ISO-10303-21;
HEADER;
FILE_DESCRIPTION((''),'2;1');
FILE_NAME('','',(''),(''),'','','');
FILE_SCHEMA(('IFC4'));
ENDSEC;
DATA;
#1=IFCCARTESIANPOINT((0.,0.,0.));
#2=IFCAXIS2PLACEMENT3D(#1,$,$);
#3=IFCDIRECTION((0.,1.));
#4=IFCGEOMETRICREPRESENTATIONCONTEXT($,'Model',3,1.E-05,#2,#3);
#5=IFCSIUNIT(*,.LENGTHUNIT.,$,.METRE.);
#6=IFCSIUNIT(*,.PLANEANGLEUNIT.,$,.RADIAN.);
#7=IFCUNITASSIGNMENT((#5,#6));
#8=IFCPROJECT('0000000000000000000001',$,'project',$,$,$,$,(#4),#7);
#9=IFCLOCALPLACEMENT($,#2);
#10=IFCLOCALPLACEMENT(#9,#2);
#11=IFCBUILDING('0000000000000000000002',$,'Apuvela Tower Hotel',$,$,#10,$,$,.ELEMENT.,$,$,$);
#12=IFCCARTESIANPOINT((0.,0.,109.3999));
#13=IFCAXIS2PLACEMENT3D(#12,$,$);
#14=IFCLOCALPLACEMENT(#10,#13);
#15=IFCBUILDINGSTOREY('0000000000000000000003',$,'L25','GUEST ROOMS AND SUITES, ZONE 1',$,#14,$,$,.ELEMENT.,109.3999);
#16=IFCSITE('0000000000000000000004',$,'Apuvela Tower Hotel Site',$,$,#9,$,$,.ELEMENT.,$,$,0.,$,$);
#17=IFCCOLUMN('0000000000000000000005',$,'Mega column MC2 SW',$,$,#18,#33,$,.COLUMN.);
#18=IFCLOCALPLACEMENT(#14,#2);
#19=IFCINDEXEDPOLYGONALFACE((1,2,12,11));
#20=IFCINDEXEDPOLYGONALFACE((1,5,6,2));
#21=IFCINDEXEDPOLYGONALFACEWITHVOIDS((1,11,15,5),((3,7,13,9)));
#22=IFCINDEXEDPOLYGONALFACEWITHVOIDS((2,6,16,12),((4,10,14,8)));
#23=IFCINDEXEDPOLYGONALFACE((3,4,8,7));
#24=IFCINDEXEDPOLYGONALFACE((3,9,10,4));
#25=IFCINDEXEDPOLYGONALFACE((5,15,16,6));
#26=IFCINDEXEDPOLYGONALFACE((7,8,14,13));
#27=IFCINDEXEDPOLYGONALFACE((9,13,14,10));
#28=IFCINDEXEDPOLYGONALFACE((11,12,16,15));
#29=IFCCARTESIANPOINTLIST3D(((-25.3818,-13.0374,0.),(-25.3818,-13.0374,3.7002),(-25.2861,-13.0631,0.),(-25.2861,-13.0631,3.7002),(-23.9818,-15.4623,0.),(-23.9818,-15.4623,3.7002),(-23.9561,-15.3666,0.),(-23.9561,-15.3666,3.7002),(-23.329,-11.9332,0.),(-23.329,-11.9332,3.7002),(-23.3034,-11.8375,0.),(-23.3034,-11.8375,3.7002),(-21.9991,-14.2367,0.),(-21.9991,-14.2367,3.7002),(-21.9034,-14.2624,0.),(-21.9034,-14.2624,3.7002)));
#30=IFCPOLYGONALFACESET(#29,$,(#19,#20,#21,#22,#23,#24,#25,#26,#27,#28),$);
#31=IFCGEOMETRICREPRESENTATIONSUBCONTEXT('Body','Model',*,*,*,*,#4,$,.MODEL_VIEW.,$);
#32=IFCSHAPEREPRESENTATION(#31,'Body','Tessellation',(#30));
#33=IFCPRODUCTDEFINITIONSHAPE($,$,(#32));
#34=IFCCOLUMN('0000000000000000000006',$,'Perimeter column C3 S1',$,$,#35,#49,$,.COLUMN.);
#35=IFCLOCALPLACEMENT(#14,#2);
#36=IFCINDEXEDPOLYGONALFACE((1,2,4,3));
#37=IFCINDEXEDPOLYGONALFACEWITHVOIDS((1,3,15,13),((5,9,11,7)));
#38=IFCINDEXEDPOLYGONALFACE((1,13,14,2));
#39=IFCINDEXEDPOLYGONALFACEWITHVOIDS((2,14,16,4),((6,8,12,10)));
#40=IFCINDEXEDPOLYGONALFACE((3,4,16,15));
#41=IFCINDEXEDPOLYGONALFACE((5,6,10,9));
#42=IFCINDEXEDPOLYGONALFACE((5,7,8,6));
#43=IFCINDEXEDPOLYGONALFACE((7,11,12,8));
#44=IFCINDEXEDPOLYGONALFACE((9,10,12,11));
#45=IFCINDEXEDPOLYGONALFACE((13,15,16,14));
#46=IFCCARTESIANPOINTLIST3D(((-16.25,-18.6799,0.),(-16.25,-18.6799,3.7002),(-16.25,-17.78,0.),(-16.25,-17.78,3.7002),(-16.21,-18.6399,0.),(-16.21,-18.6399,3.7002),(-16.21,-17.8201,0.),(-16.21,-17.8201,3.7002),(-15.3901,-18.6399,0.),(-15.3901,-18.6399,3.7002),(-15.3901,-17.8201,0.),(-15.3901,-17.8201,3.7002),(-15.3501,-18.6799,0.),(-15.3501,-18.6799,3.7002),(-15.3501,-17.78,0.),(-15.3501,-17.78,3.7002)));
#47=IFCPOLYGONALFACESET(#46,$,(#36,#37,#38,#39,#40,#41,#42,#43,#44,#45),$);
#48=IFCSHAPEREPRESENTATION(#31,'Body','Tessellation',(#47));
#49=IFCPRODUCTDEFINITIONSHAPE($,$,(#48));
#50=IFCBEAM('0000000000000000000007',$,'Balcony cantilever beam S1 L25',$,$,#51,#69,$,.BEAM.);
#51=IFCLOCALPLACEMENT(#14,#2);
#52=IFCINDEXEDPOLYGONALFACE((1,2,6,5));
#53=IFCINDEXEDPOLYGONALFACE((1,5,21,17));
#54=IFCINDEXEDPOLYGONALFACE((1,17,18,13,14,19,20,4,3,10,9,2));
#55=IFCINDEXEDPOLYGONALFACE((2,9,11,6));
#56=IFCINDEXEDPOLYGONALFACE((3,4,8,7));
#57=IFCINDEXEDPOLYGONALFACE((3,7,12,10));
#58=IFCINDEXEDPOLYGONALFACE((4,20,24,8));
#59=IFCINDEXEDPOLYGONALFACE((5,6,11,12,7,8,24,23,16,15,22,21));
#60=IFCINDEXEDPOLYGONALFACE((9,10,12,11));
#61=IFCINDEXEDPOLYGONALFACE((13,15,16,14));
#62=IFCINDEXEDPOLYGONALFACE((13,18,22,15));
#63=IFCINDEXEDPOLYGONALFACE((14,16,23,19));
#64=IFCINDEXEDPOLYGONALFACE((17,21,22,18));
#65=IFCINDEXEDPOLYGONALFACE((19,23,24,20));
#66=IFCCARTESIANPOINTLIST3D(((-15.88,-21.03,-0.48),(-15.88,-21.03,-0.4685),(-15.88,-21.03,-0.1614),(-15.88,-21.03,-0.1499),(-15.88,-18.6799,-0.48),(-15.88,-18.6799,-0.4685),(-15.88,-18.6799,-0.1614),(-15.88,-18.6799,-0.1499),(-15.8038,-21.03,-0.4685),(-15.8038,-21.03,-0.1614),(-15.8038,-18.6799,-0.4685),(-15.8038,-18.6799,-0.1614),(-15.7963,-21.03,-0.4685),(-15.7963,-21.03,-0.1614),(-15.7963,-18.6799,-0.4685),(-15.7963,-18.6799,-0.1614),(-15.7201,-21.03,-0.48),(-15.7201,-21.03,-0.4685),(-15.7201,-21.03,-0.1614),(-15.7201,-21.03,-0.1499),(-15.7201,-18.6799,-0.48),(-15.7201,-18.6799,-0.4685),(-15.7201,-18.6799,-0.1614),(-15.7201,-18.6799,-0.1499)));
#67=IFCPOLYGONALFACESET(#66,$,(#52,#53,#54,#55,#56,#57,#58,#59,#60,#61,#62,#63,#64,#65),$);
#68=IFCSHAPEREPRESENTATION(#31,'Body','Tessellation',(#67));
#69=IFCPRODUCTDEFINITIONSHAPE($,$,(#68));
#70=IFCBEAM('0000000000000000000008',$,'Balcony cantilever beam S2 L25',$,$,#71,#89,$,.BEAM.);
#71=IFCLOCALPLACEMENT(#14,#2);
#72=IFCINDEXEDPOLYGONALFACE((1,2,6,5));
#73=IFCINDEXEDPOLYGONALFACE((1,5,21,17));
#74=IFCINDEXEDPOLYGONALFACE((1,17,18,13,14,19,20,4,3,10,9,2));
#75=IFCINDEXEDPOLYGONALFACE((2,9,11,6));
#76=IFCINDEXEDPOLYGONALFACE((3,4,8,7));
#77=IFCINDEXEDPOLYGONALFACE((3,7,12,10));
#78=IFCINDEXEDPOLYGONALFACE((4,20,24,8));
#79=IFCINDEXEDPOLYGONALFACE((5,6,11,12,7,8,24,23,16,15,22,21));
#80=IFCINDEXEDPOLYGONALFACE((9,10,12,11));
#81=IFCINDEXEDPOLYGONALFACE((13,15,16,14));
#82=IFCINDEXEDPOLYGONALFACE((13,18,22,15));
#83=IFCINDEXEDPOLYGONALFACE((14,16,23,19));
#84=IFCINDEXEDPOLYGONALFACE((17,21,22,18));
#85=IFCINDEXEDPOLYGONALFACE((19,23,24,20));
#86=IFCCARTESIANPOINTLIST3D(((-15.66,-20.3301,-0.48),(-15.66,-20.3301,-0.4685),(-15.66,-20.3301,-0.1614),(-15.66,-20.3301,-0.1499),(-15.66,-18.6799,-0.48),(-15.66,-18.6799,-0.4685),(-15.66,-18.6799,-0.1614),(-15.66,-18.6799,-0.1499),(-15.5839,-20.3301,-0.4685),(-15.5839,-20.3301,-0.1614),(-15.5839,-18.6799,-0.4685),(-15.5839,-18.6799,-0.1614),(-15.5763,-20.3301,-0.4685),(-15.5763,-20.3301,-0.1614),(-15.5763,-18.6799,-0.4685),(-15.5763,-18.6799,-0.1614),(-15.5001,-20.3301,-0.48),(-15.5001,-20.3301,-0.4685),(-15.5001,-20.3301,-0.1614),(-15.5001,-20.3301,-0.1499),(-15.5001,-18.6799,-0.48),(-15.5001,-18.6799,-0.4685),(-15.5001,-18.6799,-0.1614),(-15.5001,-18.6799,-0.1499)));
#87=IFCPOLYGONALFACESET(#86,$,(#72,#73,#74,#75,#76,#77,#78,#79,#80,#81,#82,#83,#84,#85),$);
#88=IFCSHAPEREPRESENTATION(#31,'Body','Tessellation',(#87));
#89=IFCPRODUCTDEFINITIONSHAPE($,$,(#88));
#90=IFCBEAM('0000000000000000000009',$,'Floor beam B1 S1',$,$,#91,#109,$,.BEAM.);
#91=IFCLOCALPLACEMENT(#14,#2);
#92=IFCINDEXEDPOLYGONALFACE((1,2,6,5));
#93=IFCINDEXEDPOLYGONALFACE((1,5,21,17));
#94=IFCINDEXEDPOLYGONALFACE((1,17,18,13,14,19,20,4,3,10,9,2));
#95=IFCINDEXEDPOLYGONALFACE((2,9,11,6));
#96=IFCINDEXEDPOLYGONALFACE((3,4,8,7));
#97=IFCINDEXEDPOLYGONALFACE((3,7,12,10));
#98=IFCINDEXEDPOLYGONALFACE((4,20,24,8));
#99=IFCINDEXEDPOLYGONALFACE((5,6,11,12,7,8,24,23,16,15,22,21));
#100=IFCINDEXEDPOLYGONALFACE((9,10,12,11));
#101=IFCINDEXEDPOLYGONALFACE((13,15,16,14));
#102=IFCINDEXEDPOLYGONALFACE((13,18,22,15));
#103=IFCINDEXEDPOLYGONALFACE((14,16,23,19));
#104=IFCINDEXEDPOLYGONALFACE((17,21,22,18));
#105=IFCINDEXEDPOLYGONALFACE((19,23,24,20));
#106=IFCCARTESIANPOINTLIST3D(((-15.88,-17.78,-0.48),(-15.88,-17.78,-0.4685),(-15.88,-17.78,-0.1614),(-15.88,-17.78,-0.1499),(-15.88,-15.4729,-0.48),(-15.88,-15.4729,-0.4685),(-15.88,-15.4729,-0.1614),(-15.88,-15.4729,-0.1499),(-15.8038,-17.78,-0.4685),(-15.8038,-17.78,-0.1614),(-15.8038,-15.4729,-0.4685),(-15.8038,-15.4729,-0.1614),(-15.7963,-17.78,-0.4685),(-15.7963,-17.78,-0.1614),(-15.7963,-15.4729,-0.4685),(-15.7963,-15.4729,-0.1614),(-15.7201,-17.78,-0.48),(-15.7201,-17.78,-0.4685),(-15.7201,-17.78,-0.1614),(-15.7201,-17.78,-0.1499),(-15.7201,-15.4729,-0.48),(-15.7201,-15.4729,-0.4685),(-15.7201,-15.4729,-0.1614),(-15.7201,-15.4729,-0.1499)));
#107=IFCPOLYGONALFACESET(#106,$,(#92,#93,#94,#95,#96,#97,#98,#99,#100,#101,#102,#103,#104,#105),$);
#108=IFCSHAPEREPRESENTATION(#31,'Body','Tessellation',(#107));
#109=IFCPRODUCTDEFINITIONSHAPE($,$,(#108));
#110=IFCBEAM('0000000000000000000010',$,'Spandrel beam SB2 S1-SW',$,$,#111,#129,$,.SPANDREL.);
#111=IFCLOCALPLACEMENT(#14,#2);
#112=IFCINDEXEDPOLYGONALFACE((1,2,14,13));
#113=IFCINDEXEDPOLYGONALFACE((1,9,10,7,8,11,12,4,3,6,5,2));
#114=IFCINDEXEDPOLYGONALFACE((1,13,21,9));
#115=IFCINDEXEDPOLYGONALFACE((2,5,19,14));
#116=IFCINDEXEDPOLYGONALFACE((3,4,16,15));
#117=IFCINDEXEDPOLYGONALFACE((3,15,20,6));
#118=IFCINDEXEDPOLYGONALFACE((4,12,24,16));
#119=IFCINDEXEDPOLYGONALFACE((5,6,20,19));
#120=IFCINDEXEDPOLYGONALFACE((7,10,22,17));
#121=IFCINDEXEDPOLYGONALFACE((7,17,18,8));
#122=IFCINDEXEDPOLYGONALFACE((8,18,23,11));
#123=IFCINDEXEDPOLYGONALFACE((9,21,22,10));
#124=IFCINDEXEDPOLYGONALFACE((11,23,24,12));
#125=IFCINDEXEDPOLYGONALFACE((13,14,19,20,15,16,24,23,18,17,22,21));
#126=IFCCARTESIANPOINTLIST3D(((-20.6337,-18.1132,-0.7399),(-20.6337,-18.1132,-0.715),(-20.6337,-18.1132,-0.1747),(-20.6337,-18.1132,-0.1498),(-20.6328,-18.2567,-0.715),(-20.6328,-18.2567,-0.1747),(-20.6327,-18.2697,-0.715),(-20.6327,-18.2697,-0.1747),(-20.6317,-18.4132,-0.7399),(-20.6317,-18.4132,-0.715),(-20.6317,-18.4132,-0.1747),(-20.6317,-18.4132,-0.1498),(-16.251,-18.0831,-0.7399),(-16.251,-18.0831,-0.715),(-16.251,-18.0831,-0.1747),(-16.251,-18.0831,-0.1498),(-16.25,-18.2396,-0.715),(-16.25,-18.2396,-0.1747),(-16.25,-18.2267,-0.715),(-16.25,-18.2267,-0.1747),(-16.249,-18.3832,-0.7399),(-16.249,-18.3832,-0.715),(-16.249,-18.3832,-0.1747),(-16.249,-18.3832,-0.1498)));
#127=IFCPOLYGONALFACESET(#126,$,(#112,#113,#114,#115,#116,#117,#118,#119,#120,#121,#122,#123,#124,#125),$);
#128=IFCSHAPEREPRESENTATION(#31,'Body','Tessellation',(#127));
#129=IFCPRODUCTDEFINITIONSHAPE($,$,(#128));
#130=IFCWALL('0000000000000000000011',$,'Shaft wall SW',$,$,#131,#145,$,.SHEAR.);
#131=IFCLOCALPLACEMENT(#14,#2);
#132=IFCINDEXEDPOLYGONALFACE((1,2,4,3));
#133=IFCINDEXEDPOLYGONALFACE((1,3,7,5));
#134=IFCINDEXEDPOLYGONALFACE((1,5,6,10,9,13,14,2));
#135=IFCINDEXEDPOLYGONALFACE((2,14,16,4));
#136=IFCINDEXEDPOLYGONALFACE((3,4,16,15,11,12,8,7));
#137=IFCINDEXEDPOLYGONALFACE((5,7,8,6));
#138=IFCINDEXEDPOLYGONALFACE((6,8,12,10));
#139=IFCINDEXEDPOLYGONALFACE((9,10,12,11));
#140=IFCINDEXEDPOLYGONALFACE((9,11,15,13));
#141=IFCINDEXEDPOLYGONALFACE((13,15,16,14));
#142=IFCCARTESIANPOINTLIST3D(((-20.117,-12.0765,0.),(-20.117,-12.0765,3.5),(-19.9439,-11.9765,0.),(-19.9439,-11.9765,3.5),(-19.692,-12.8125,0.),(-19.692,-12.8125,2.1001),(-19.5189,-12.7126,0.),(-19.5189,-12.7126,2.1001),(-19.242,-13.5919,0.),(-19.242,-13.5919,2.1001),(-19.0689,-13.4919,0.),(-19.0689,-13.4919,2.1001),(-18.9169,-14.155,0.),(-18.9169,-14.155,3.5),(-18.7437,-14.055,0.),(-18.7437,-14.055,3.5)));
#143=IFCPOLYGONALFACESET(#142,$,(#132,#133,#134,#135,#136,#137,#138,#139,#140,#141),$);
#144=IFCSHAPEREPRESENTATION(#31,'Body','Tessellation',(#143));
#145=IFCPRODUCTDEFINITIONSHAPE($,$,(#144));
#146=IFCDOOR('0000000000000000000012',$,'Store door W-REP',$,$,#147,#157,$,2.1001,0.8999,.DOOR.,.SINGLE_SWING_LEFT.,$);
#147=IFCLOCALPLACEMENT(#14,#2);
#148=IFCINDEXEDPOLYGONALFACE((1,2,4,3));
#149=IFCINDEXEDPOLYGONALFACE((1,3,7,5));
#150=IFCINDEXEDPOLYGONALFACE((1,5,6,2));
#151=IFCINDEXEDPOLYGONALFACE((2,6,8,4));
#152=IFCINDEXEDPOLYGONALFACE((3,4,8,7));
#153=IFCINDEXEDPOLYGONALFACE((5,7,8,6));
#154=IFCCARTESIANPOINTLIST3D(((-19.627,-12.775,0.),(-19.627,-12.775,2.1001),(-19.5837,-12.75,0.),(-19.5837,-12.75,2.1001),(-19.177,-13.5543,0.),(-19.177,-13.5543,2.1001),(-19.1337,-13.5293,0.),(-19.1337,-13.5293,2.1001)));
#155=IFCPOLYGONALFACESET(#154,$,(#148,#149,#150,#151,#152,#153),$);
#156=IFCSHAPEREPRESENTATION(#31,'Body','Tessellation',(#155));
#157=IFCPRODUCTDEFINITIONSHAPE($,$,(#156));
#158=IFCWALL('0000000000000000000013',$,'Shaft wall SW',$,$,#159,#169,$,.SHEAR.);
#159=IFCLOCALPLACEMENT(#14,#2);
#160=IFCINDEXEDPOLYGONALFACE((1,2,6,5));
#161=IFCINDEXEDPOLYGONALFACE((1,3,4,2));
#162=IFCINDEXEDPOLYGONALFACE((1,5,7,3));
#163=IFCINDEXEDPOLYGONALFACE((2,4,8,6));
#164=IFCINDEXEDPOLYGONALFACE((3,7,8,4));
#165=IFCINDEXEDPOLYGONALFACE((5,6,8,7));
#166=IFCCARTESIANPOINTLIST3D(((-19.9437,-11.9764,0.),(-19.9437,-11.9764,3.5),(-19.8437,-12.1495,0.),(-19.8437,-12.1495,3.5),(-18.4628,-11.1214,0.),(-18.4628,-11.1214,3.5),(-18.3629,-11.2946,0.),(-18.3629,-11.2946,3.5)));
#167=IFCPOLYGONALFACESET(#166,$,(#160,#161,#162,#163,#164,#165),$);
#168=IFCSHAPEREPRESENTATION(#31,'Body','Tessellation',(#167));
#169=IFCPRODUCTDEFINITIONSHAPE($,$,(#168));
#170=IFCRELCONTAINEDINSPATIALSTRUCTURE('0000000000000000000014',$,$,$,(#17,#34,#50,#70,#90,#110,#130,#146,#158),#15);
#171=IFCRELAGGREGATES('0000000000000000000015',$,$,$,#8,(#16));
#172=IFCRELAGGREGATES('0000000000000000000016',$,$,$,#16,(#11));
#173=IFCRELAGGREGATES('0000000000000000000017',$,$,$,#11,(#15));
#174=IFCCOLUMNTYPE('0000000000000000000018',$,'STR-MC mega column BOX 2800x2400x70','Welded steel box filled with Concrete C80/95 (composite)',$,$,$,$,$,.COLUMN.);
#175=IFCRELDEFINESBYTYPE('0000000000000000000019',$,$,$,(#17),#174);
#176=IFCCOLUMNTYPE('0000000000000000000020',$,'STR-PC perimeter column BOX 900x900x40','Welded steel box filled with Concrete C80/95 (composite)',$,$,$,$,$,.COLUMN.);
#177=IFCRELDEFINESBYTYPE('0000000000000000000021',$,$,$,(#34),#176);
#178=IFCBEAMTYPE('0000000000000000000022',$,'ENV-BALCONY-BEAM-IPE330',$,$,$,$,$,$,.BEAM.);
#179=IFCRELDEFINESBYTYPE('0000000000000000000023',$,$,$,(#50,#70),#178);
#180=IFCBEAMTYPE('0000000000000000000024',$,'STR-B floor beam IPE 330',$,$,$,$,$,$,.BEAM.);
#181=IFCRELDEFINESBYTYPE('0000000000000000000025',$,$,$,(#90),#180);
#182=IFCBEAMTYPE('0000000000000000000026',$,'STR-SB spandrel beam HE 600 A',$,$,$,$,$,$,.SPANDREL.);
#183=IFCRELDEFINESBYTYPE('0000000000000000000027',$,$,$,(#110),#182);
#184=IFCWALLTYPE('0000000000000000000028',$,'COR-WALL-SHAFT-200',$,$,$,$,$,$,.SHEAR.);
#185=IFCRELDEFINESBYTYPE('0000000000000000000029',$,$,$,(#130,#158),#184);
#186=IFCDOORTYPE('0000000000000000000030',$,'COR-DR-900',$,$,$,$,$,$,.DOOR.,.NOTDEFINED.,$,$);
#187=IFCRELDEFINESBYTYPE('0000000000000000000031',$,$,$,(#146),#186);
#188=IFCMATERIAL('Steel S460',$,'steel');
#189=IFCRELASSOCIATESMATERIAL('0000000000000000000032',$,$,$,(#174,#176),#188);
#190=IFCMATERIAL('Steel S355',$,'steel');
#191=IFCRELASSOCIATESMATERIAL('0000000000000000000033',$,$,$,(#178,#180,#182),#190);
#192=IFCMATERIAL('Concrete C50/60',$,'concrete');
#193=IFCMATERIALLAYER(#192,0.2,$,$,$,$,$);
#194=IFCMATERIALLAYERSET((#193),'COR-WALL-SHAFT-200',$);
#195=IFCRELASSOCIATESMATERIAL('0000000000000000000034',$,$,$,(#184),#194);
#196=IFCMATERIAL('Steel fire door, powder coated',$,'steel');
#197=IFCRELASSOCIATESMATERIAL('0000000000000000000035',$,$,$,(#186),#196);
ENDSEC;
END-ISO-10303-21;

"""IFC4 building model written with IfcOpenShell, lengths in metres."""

from ifc_helpers import new_model, si_unit, direction, frame, frame_2d, origin, origin_2d, place, context, subcontext, project, spatial, rectangle, hollow_rectangle, i_section, extrude, material, layer, layer_set, material_profile, profile_set, type_object, element, fill, save


model = new_model("IFC4")

# Units and contexts
model_context = context("Model", 3, precision=1e-05, world=origin(), true_north=direction((0.0, 1.0)))
body_context = subcontext(model_context, "Body", "Model", "MODEL_VIEW")
ifc_project = project(units=[si_unit("LENGTHUNIT", "METRE"), si_unit("PLANEANGLEUNIT", "RADIAN")], contexts=[model_context])

# Site, building, storey
site_placement = place(None, origin())
site = spatial("IfcSite", under=ifc_project, at=site_placement, Name="Apuvela Tower Hotel Site", CompositionType="ELEMENT", RefElevation=0.0)
building_placement = place(site_placement, origin())
building = spatial("IfcBuilding", under=site, at=building_placement, Name="Apuvela Tower Hotel", CompositionType="ELEMENT")
storey_placement = place(building_placement, frame((0.0, 0.0, 109.3999)))
storey = spatial("IfcBuildingStorey", under=building, at=storey_placement, Name="L25", Description="GUEST ROOMS AND SUITES, ZONE 1", CompositionType="ELEMENT", Elevation=109.3999)

# Columns
ifc_material_1 = material(Name="Steel S460", Category="steel")
ifc_material_profile_1 = material_profile(ifc_material_1, hollow_rectangle(XDim=2.8, YDim=2.3999, WallThickness=0.0701, at=origin_2d()), Name="BOX 2800x2400x70")
ifc_material_2 = material(Name="Concrete C80/95", Category="concrete")
ifc_material_profile_2 = material_profile(ifc_material_2, rectangle(XDim=2.6599, YDim=2.26, at=origin_2d()), Name="Concrete C80/95 infill")
ifc_profile_set_1 = profile_set([ifc_material_profile_1, ifc_material_profile_2], Name="Steel S460")
column_type_1 = type_object("IfcColumnType", Name="STR-MC mega column BOX 2800x2400x70", Description="Welded steel box filled with Concrete C80/95 (composite)", PredefinedType="COLUMN", material=ifc_profile_set_1)
column_1_placement = place(storey_placement, frame((-23.6426, -13.6499, 0.0), z_axis=(0.0, 0.0, 1.0), x_axis=(-0.5, 0.866025, 0.0)))
element("IfcColumn", 1, at=column_1_placement, inside=storey, type_object=column_type_1, Name="Mega column MC2 SW", PredefinedType="COLUMN", context=body_context, shape_type="SweptSolid", body=[
    extrude(hollow_rectangle(XDim=2.8, YDim=2.3999, WallThickness=0.0701, at=origin_2d()), origin(), (0.0, 0.0, 1.0), 3.7002),
])
ifc_material_profile_3 = material_profile(ifc_material_1, hollow_rectangle(XDim=0.8999, YDim=0.8999, WallThickness=0.04, at=origin_2d()), Name="BOX 900x900x40")
ifc_material_profile_4 = material_profile(ifc_material_2, rectangle(XDim=0.8201, YDim=0.8201, at=origin_2d()), Name="Concrete C80/95 infill")
ifc_profile_set_2 = profile_set([ifc_material_profile_3, ifc_material_profile_4], Name="Steel S460")
column_type_2 = type_object("IfcColumnType", Name="STR-PC perimeter column BOX 900x900x40", Description="Welded steel box filled with Concrete C80/95 (composite)", PredefinedType="COLUMN", material=ifc_profile_set_2)
column_2_placement = place(storey_placement, frame((-15.8, -18.23, 0.0), z_axis=(0.0, 0.0, 1.0), x_axis=(-1.0, 0.0, 0.0)))
element("IfcColumn", 2, at=column_2_placement, inside=storey, type_object=column_type_2, Name="Perimeter column C3 S1", PredefinedType="COLUMN", context=body_context, shape_type="SweptSolid", body=[
    extrude(hollow_rectangle(XDim=0.8999, YDim=0.8999, WallThickness=0.04, at=origin_2d()), origin(), (0.0, 0.0, 1.0), 3.7002),
])

# Beams
ifc_material_3 = material(Name="Steel S355", Category="steel")
ifc_material_profile_5 = material_profile(ifc_material_3, i_section(OverallWidth=0.1599, OverallDepth=0.3301, WebThickness=0.0076, FlangeThickness=0.0115, at=origin_2d()), Name="IPE 330")
ifc_profile_set_3 = profile_set([ifc_material_profile_5], Name="Steel S355")
beam_type_1 = type_object("IfcBeamType", Name="ENV-BALCONY-BEAM-IPE330", PredefinedType="BEAM", material=ifc_profile_set_3)
beam_1_placement = place(storey_placement, frame((-15.8, -18.6799, -0.3149), z_axis=(0.0, -1.0, 0.0), x_axis=(1.0, 0.0, 0.0)))
element("IfcBeam", 3, at=beam_1_placement, inside=storey, type_object=beam_type_1, Name="Balcony cantilever beam S1 L25", PredefinedType="BEAM", context=body_context, shape_type="SweptSolid", body=[
    extrude(i_section(OverallWidth=0.1599, OverallDepth=0.3301, WebThickness=0.0076, FlangeThickness=0.0115, at=origin_2d()), origin(), (0.0, 0.0, 1.0), 2.3501),
])
beam_2_placement = place(storey_placement, frame((-15.5801, -18.6799, -0.3149), z_axis=(0.0, -1.0, 0.0), x_axis=(1.0, 0.0, 0.0)))
element("IfcBeam", 4, at=beam_2_placement, inside=storey, type_object=beam_type_1, Name="Balcony cantilever beam S2 L25", PredefinedType="BEAM", context=body_context, shape_type="SweptSolid", body=[
    extrude(i_section(OverallWidth=0.1599, OverallDepth=0.3301, WebThickness=0.0076, FlangeThickness=0.0115, at=origin_2d()), origin(), (0.0, 0.0, 1.0), 1.6501),
])
ifc_material_profile_6 = material_profile(ifc_material_3, i_section(OverallWidth=0.1599, OverallDepth=0.3301, WebThickness=0.0076, FlangeThickness=0.0115, at=origin_2d()), Name="IPE 330")
ifc_profile_set_4 = profile_set([ifc_material_profile_6], Name="Steel S355")
beam_type_2 = type_object("IfcBeamType", Name="STR-B floor beam IPE 330", PredefinedType="BEAM", material=ifc_profile_set_4)
beam_3_placement = place(storey_placement, frame((-15.8, -17.78, -0.3149), z_axis=(0.0, 1.0, 0.0), x_axis=(-1.0, 0.0, 0.0)))
element("IfcBeam", 5, at=beam_3_placement, inside=storey, type_object=beam_type_2, Name="Floor beam B1 S1", PredefinedType="BEAM", context=body_context, shape_type="SweptSolid", body=[
    extrude(i_section(OverallWidth=0.1599, OverallDepth=0.3301, WebThickness=0.0076, FlangeThickness=0.0115, at=origin_2d()), origin(), (0.0, 0.0, 1.0), 2.3071),
])
ifc_material_profile_7 = material_profile(ifc_material_3, i_section(OverallWidth=0.3, OverallDepth=0.5901, WebThickness=0.0129, FlangeThickness=0.0249, at=origin_2d()), Name="HE 600 A")
ifc_profile_set_5 = profile_set([ifc_material_profile_7], Name="Steel S355")
beam_type_3 = type_object("IfcBeamType", Name="STR-SB spandrel beam HE 600 A", PredefinedType="SPANDREL", material=ifc_profile_set_5)
beam_4_placement = place(storey_placement, frame((-16.25, -18.2332, -0.4448), z_axis=(-0.999977, -0.006851, 0.0), x_axis=(0.006851, -0.999977, 0.0)))
element("IfcBeam", 6, at=beam_4_placement, inside=storey, type_object=beam_type_3, Name="Spandrel beam SB2 S1-SW", PredefinedType="SPANDREL", context=body_context, shape_type="SweptSolid", body=[
    extrude(i_section(OverallWidth=0.3, OverallDepth=0.5901, WebThickness=0.0129, FlangeThickness=0.0249, at=origin_2d()), origin(), (0.0, 0.0, 1.0), 4.3828),
])

# Wall, opening, door
ifc_material_4 = material(Name="Concrete C50/60", Category="concrete")
ifc_layer_1 = layer(ifc_material_4, 0.2)
ifc_layer_set_1 = layer_set([ifc_layer_1], Name="COR-WALL-SHAFT-200")
wall_type_1 = type_object("IfcWallType", Name="COR-WALL-SHAFT-200", PredefinedType="SHEAR", material=ifc_layer_set_1)
wall_1_placement = place(storey_placement, frame((-20.0305, -12.0264, 0.0), z_axis=(0.0, 0.0, 1.0), x_axis=(0.500034, -0.866006, 0.0)))
wall_1 = element("IfcWall", 7, at=wall_1_placement, inside=storey, type_object=wall_type_1, Name="Shaft wall SW", PredefinedType="SHEAR", context=body_context, shape_type="SweptSolid", body=[
    extrude(rectangle(XDim=2.4001, YDim=0.2, at=frame_2d((1.2002, 0.0))), origin(), (0.0, 0.0, 1.0), 3.5),
])
opening_1_placement = place(wall_1_placement, frame((0.8501, 0.0, 0.0)))
opening_1 = element("IfcOpeningElement", 8, at=opening_1_placement, cuts=wall_1, PredefinedType="OPENING", context=body_context, shape_type="SweptSolid", body=[
    extrude(rectangle(XDim=0.8999, YDim=2.1001, at=frame_2d((0.45, 1.05))), frame((0.0, 0.1099, 0.0), z_axis=(0.0, -1.0, 0.0), x_axis=(1.0, 0.0, 0.0)), (0.0, 0.0, 1.0), 0.22),
])
ifc_material_5 = material(Name="Steel fire door, powder coated", Category="steel")
door_type_1 = type_object("IfcDoorType", Name="COR-DR-900", OperationType="NOTDEFINED", PredefinedType="DOOR", material=ifc_material_5)
door_1_placement = place(opening_1_placement, frame((0.8999, 0.0, 0.0), z_axis=(0.0, 0.0, 1.0), x_axis=(-1.0, 0.0, 0.0)))
door_1 = element("IfcDoor", 9, at=door_1_placement, inside=storey, type_object=door_type_1, Name="Store door W-REP", OperationType="SINGLE_SWING_LEFT", OverallHeight=2.1001, OverallWidth=0.8999, PredefinedType="DOOR", context=body_context, shape_type="SweptSolid", body=[
    extrude(rectangle(XDim=0.8999, YDim=2.1001, at=frame_2d((0.45, 1.05))), frame((0.0, 0.0249, 0.0), z_axis=(0.0, -1.0, 0.0), x_axis=(1.0, 0.0, 0.0)), (0.0, 0.0, 1.0), 0.05),
])
fill(opening_1, door_1)

# Wall
wall_2_placement = place(storey_placement, frame((-18.4128, -11.208, 0.0), z_axis=(0.0, 0.0, 1.0), x_axis=(-0.866038, -0.499978, 0.0)))
element("IfcWall", 10, at=wall_2_placement, inside=storey, type_object=wall_type_1, Name="Shaft wall SW", PredefinedType="SHEAR", context=body_context, shape_type="SweptSolid", body=[
    extrude(rectangle(XDim=1.71, YDim=0.2, at=frame_2d((0.855, 0.0))), origin(), (0.0, 0.0, 1.0), 3.5),
])

save(model, "model.ifc")
